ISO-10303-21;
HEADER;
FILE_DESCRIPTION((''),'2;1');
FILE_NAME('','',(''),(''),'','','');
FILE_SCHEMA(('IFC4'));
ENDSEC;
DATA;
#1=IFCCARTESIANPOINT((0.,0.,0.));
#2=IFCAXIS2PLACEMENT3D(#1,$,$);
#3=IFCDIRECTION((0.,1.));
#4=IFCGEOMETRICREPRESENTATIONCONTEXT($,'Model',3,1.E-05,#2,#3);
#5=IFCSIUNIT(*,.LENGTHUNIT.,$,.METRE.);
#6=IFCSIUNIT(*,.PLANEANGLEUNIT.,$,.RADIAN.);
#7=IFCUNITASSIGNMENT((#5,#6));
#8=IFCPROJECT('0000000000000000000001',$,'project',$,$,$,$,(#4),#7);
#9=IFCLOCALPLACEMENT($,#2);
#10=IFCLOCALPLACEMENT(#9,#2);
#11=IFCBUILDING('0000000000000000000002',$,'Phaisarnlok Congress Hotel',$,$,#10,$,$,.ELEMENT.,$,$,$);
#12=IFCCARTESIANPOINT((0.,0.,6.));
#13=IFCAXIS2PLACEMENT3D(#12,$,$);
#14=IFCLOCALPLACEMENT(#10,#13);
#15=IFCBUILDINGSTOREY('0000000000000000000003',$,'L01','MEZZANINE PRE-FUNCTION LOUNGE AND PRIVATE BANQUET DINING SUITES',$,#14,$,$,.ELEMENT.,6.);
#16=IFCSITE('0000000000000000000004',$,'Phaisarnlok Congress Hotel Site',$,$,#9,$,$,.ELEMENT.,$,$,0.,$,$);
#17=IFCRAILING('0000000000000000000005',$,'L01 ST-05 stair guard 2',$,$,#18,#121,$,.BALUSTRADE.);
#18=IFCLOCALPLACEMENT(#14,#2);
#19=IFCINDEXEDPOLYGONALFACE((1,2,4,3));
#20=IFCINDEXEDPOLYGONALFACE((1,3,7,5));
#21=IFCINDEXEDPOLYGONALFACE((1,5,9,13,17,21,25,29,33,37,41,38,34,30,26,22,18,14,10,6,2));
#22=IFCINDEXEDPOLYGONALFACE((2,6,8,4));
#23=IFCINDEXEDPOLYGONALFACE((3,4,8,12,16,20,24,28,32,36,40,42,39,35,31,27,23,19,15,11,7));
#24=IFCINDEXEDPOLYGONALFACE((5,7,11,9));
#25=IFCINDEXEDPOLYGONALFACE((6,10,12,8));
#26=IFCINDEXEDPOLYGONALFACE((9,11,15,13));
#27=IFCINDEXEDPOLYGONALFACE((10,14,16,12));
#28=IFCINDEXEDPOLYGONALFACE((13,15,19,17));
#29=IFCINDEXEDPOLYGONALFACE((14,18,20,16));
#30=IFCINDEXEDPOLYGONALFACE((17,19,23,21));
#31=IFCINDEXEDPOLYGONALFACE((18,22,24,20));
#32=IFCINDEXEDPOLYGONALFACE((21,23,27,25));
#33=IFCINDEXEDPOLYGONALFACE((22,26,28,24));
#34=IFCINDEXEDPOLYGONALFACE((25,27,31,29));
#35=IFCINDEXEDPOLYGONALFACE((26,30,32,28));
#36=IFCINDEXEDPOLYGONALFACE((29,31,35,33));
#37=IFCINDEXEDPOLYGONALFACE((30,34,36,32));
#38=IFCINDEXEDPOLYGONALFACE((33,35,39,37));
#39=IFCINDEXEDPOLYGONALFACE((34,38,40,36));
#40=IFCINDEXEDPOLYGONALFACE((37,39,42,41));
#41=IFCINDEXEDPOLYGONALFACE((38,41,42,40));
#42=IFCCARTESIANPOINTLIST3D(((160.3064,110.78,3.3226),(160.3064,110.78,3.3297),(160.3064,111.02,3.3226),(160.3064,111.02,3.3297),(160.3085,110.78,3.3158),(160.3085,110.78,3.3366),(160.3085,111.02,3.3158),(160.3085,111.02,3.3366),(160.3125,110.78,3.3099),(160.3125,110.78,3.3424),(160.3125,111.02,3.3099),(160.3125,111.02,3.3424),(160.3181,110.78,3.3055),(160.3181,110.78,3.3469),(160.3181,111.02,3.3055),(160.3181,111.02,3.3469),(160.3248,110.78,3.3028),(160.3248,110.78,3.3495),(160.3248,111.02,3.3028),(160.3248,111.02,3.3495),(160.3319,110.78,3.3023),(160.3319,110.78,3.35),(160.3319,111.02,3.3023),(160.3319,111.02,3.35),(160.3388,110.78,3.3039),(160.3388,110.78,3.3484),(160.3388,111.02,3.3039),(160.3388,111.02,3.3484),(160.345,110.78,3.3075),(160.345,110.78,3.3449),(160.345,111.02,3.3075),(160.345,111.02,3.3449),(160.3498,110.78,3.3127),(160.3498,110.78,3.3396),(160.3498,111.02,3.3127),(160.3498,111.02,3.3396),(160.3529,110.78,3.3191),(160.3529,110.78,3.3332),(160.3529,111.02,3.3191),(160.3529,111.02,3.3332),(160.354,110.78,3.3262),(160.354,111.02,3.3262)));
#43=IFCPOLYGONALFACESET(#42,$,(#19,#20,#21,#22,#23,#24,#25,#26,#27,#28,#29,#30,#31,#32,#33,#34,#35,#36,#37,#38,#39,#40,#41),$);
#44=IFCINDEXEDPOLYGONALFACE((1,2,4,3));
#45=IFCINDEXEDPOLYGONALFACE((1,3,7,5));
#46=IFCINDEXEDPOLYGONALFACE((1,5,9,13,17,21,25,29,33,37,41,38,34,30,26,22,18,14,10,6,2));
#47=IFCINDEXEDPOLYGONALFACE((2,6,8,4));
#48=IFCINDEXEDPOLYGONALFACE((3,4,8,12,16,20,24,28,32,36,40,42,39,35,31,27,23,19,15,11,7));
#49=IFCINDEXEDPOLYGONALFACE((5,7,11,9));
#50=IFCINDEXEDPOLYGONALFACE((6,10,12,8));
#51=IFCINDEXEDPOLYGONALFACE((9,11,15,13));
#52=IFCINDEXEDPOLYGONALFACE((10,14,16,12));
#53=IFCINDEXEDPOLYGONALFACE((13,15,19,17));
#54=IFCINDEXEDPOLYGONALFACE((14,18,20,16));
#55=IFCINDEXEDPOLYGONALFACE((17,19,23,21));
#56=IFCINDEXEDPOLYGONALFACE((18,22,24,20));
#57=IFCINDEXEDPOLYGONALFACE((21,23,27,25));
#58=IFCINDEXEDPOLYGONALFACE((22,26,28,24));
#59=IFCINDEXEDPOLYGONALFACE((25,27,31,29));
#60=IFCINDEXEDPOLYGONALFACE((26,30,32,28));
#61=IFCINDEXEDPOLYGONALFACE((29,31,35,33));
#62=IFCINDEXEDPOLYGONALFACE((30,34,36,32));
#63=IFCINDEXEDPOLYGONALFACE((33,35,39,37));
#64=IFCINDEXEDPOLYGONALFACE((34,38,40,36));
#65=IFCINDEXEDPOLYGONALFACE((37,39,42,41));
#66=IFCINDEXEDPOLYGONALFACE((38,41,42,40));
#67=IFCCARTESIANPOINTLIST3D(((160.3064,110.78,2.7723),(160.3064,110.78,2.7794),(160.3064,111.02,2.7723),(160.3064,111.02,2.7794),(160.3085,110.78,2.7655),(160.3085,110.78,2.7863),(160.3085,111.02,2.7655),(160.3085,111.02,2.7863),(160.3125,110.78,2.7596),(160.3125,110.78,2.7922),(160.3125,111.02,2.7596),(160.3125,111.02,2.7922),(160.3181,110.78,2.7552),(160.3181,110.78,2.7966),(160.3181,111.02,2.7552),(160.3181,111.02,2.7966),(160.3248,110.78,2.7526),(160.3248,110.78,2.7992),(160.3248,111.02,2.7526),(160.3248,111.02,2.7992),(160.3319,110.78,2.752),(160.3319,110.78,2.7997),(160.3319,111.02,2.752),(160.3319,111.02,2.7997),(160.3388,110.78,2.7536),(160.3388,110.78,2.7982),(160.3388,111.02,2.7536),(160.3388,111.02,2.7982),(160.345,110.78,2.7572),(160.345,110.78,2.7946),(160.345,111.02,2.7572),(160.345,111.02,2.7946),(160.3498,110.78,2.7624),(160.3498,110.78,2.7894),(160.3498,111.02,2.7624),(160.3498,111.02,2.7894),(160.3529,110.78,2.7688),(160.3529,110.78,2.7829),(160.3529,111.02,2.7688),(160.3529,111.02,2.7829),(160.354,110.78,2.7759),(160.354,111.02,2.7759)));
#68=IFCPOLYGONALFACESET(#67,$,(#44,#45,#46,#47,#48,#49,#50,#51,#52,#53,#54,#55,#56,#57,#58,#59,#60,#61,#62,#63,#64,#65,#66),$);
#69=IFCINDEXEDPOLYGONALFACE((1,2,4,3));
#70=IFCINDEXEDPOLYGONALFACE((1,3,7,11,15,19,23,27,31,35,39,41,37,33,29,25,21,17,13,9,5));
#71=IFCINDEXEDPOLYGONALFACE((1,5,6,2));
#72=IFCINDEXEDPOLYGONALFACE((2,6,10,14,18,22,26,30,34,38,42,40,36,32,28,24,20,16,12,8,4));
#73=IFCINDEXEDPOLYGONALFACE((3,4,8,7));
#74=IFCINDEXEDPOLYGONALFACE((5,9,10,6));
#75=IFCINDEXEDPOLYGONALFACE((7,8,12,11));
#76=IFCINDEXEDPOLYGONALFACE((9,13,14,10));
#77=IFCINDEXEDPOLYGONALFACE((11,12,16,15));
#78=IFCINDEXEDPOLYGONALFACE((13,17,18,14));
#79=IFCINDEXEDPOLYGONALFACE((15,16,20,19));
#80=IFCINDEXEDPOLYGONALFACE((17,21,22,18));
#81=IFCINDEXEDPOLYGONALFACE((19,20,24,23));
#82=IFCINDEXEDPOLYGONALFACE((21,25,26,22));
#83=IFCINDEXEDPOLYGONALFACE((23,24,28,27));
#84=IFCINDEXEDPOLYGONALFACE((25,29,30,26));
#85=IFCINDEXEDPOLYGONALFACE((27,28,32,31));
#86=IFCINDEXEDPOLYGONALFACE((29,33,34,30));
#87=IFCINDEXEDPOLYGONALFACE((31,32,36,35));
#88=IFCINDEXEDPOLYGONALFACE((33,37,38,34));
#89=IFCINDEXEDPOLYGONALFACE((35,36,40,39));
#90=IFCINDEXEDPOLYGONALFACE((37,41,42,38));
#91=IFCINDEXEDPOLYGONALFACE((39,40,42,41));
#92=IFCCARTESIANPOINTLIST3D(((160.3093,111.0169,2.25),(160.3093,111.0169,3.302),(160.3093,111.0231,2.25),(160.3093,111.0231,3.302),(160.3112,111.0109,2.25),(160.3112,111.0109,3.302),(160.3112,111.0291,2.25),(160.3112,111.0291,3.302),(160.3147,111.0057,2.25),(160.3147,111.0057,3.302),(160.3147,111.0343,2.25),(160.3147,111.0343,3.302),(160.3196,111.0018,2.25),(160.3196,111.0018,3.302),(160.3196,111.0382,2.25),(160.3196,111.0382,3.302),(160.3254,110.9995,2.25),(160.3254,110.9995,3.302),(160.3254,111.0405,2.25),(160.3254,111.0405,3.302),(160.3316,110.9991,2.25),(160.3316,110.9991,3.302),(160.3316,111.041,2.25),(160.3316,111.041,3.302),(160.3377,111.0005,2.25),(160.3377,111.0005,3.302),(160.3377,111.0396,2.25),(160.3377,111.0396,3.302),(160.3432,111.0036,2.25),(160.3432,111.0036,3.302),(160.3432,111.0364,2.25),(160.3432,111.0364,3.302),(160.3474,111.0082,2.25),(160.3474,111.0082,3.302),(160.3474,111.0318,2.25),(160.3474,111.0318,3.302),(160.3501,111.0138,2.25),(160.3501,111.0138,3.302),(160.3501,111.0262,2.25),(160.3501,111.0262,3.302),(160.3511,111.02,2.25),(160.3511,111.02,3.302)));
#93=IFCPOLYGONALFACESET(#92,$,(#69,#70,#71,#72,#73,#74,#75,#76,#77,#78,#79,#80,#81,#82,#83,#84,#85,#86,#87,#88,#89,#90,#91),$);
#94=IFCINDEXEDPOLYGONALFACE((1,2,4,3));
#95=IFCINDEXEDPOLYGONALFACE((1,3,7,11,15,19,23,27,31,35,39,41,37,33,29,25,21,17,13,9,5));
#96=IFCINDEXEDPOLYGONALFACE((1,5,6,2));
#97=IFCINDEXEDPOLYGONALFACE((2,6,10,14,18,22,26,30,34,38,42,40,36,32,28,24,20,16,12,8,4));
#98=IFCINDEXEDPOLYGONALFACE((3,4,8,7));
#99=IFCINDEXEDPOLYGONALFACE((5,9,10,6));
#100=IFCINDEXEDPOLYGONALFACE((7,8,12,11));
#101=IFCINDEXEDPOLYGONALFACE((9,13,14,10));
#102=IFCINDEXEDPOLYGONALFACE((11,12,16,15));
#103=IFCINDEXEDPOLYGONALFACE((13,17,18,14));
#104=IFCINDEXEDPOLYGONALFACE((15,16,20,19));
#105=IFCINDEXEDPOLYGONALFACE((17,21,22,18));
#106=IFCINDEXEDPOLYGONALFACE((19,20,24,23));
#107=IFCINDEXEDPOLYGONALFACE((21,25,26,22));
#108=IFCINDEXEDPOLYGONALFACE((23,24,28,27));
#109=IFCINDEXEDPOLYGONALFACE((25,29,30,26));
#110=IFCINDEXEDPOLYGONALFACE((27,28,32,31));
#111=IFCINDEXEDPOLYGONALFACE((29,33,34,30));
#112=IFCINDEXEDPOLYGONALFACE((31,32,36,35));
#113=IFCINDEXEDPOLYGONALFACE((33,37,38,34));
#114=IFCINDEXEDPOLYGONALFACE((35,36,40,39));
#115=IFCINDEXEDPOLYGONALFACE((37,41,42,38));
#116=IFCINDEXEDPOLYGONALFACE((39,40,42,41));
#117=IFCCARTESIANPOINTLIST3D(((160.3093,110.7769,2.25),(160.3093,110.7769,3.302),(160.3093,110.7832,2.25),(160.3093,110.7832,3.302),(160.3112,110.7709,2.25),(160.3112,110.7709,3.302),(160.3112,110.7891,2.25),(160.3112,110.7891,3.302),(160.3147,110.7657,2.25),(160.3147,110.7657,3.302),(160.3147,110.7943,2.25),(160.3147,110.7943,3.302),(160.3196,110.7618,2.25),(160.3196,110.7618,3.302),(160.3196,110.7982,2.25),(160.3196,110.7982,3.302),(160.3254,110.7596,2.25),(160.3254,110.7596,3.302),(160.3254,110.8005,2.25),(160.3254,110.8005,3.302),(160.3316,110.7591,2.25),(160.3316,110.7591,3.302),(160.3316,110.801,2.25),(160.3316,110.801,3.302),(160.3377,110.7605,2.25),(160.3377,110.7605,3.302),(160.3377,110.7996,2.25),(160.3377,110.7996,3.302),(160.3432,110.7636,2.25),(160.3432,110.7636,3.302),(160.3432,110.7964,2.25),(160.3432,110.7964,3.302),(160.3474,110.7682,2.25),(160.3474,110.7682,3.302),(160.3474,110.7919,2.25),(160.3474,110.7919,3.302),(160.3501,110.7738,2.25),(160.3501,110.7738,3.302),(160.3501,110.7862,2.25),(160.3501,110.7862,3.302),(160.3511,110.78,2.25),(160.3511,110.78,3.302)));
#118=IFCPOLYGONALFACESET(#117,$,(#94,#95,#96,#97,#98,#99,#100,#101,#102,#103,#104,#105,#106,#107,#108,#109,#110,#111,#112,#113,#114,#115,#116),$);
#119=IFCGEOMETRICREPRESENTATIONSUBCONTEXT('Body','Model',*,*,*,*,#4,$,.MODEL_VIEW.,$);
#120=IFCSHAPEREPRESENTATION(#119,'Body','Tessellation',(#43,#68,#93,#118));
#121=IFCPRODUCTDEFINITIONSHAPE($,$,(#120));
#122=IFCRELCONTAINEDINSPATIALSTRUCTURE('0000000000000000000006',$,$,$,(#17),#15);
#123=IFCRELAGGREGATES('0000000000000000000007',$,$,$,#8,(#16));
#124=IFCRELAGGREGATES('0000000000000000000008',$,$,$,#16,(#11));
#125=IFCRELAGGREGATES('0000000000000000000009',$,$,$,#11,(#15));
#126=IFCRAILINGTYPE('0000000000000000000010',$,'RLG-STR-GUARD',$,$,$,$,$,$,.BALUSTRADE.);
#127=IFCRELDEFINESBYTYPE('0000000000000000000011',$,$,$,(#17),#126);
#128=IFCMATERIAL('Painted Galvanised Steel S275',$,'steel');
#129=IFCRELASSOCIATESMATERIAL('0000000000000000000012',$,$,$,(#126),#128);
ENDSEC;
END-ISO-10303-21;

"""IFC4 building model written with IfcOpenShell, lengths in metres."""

from ifc_helpers import new_model, si_unit, direction, frame, origin, origin_2d, place, context, subcontext, project, spatial, circle, extrude, material, type_object, element, save


model = new_model("IFC4")

# Units and contexts
model_context = context("Model", 3, precision=1e-05, world=origin(), true_north=direction((0.0, 1.0)))
body_context = subcontext(model_context, "Body", "Model", "MODEL_VIEW")
ifc_project = project(units=[si_unit("LENGTHUNIT", "METRE"), si_unit("PLANEANGLEUNIT", "RADIAN")], contexts=[model_context])

# Site, building, storey
site_placement = place(None, origin())
site = spatial("IfcSite", under=ifc_project, at=site_placement, Name="Phaisarnlok Congress Hotel Site", CompositionType="ELEMENT", RefElevation=0.0)
building_placement = place(site_placement, origin())
building = spatial("IfcBuilding", under=site, at=building_placement, Name="Phaisarnlok Congress Hotel", CompositionType="ELEMENT")
storey_placement = place(building_placement, frame((0.0, 0.0, 6.0)))
storey = spatial("IfcBuildingStorey", under=building, at=storey_placement, Name="L01", Description="MEZZANINE PRE-FUNCTION LOUNGE AND PRIVATE BANQUET DINING SUITES", CompositionType="ELEMENT", Elevation=6.0)

# Railing
ifc_material_1 = material(Name="Painted Galvanised Steel S275", Category="steel")
railing_type_1 = type_object("IfcRailingType", Name="RLG-STR-GUARD", PredefinedType="BALUSTRADE", material=ifc_material_1)
railing_1_placement = place(storey_placement, frame((160.3301, 111.02, 2.25)))
element("IfcRailing", 1, at=railing_1_placement, inside=storey, type_object=railing_type_1, Name="L01 ST-05 stair guard 2", PredefinedType="BALUSTRADE", context=body_context, shape_type="SweptSolid", body=[
    extrude(circle(Radius=0.0239, at=origin_2d()), frame((0.0, 0.0, 1.0762), z_axis=(0.0, -1.0, 0.0), x_axis=(1.0, 0.0, 0.0)), (0.0, 0.0, 1.0), 0.24),
    extrude(circle(Radius=0.0239, at=origin_2d()), frame((0.0, 0.0, 0.5259), z_axis=(0.0, -1.0, 0.0), x_axis=(1.0, 0.0, 0.0)), (0.0, 0.0, 1.0), 0.24),
    extrude(circle(Radius=0.021, at=origin_2d()), origin(), (0.0, 0.0, 1.0), 1.052),
    extrude(circle(Radius=0.021, at=origin_2d()), frame((0.0, -0.24, 0.0)), (0.0, 0.0, 1.0), 1.052),
])

save(model, "model.ifc")
